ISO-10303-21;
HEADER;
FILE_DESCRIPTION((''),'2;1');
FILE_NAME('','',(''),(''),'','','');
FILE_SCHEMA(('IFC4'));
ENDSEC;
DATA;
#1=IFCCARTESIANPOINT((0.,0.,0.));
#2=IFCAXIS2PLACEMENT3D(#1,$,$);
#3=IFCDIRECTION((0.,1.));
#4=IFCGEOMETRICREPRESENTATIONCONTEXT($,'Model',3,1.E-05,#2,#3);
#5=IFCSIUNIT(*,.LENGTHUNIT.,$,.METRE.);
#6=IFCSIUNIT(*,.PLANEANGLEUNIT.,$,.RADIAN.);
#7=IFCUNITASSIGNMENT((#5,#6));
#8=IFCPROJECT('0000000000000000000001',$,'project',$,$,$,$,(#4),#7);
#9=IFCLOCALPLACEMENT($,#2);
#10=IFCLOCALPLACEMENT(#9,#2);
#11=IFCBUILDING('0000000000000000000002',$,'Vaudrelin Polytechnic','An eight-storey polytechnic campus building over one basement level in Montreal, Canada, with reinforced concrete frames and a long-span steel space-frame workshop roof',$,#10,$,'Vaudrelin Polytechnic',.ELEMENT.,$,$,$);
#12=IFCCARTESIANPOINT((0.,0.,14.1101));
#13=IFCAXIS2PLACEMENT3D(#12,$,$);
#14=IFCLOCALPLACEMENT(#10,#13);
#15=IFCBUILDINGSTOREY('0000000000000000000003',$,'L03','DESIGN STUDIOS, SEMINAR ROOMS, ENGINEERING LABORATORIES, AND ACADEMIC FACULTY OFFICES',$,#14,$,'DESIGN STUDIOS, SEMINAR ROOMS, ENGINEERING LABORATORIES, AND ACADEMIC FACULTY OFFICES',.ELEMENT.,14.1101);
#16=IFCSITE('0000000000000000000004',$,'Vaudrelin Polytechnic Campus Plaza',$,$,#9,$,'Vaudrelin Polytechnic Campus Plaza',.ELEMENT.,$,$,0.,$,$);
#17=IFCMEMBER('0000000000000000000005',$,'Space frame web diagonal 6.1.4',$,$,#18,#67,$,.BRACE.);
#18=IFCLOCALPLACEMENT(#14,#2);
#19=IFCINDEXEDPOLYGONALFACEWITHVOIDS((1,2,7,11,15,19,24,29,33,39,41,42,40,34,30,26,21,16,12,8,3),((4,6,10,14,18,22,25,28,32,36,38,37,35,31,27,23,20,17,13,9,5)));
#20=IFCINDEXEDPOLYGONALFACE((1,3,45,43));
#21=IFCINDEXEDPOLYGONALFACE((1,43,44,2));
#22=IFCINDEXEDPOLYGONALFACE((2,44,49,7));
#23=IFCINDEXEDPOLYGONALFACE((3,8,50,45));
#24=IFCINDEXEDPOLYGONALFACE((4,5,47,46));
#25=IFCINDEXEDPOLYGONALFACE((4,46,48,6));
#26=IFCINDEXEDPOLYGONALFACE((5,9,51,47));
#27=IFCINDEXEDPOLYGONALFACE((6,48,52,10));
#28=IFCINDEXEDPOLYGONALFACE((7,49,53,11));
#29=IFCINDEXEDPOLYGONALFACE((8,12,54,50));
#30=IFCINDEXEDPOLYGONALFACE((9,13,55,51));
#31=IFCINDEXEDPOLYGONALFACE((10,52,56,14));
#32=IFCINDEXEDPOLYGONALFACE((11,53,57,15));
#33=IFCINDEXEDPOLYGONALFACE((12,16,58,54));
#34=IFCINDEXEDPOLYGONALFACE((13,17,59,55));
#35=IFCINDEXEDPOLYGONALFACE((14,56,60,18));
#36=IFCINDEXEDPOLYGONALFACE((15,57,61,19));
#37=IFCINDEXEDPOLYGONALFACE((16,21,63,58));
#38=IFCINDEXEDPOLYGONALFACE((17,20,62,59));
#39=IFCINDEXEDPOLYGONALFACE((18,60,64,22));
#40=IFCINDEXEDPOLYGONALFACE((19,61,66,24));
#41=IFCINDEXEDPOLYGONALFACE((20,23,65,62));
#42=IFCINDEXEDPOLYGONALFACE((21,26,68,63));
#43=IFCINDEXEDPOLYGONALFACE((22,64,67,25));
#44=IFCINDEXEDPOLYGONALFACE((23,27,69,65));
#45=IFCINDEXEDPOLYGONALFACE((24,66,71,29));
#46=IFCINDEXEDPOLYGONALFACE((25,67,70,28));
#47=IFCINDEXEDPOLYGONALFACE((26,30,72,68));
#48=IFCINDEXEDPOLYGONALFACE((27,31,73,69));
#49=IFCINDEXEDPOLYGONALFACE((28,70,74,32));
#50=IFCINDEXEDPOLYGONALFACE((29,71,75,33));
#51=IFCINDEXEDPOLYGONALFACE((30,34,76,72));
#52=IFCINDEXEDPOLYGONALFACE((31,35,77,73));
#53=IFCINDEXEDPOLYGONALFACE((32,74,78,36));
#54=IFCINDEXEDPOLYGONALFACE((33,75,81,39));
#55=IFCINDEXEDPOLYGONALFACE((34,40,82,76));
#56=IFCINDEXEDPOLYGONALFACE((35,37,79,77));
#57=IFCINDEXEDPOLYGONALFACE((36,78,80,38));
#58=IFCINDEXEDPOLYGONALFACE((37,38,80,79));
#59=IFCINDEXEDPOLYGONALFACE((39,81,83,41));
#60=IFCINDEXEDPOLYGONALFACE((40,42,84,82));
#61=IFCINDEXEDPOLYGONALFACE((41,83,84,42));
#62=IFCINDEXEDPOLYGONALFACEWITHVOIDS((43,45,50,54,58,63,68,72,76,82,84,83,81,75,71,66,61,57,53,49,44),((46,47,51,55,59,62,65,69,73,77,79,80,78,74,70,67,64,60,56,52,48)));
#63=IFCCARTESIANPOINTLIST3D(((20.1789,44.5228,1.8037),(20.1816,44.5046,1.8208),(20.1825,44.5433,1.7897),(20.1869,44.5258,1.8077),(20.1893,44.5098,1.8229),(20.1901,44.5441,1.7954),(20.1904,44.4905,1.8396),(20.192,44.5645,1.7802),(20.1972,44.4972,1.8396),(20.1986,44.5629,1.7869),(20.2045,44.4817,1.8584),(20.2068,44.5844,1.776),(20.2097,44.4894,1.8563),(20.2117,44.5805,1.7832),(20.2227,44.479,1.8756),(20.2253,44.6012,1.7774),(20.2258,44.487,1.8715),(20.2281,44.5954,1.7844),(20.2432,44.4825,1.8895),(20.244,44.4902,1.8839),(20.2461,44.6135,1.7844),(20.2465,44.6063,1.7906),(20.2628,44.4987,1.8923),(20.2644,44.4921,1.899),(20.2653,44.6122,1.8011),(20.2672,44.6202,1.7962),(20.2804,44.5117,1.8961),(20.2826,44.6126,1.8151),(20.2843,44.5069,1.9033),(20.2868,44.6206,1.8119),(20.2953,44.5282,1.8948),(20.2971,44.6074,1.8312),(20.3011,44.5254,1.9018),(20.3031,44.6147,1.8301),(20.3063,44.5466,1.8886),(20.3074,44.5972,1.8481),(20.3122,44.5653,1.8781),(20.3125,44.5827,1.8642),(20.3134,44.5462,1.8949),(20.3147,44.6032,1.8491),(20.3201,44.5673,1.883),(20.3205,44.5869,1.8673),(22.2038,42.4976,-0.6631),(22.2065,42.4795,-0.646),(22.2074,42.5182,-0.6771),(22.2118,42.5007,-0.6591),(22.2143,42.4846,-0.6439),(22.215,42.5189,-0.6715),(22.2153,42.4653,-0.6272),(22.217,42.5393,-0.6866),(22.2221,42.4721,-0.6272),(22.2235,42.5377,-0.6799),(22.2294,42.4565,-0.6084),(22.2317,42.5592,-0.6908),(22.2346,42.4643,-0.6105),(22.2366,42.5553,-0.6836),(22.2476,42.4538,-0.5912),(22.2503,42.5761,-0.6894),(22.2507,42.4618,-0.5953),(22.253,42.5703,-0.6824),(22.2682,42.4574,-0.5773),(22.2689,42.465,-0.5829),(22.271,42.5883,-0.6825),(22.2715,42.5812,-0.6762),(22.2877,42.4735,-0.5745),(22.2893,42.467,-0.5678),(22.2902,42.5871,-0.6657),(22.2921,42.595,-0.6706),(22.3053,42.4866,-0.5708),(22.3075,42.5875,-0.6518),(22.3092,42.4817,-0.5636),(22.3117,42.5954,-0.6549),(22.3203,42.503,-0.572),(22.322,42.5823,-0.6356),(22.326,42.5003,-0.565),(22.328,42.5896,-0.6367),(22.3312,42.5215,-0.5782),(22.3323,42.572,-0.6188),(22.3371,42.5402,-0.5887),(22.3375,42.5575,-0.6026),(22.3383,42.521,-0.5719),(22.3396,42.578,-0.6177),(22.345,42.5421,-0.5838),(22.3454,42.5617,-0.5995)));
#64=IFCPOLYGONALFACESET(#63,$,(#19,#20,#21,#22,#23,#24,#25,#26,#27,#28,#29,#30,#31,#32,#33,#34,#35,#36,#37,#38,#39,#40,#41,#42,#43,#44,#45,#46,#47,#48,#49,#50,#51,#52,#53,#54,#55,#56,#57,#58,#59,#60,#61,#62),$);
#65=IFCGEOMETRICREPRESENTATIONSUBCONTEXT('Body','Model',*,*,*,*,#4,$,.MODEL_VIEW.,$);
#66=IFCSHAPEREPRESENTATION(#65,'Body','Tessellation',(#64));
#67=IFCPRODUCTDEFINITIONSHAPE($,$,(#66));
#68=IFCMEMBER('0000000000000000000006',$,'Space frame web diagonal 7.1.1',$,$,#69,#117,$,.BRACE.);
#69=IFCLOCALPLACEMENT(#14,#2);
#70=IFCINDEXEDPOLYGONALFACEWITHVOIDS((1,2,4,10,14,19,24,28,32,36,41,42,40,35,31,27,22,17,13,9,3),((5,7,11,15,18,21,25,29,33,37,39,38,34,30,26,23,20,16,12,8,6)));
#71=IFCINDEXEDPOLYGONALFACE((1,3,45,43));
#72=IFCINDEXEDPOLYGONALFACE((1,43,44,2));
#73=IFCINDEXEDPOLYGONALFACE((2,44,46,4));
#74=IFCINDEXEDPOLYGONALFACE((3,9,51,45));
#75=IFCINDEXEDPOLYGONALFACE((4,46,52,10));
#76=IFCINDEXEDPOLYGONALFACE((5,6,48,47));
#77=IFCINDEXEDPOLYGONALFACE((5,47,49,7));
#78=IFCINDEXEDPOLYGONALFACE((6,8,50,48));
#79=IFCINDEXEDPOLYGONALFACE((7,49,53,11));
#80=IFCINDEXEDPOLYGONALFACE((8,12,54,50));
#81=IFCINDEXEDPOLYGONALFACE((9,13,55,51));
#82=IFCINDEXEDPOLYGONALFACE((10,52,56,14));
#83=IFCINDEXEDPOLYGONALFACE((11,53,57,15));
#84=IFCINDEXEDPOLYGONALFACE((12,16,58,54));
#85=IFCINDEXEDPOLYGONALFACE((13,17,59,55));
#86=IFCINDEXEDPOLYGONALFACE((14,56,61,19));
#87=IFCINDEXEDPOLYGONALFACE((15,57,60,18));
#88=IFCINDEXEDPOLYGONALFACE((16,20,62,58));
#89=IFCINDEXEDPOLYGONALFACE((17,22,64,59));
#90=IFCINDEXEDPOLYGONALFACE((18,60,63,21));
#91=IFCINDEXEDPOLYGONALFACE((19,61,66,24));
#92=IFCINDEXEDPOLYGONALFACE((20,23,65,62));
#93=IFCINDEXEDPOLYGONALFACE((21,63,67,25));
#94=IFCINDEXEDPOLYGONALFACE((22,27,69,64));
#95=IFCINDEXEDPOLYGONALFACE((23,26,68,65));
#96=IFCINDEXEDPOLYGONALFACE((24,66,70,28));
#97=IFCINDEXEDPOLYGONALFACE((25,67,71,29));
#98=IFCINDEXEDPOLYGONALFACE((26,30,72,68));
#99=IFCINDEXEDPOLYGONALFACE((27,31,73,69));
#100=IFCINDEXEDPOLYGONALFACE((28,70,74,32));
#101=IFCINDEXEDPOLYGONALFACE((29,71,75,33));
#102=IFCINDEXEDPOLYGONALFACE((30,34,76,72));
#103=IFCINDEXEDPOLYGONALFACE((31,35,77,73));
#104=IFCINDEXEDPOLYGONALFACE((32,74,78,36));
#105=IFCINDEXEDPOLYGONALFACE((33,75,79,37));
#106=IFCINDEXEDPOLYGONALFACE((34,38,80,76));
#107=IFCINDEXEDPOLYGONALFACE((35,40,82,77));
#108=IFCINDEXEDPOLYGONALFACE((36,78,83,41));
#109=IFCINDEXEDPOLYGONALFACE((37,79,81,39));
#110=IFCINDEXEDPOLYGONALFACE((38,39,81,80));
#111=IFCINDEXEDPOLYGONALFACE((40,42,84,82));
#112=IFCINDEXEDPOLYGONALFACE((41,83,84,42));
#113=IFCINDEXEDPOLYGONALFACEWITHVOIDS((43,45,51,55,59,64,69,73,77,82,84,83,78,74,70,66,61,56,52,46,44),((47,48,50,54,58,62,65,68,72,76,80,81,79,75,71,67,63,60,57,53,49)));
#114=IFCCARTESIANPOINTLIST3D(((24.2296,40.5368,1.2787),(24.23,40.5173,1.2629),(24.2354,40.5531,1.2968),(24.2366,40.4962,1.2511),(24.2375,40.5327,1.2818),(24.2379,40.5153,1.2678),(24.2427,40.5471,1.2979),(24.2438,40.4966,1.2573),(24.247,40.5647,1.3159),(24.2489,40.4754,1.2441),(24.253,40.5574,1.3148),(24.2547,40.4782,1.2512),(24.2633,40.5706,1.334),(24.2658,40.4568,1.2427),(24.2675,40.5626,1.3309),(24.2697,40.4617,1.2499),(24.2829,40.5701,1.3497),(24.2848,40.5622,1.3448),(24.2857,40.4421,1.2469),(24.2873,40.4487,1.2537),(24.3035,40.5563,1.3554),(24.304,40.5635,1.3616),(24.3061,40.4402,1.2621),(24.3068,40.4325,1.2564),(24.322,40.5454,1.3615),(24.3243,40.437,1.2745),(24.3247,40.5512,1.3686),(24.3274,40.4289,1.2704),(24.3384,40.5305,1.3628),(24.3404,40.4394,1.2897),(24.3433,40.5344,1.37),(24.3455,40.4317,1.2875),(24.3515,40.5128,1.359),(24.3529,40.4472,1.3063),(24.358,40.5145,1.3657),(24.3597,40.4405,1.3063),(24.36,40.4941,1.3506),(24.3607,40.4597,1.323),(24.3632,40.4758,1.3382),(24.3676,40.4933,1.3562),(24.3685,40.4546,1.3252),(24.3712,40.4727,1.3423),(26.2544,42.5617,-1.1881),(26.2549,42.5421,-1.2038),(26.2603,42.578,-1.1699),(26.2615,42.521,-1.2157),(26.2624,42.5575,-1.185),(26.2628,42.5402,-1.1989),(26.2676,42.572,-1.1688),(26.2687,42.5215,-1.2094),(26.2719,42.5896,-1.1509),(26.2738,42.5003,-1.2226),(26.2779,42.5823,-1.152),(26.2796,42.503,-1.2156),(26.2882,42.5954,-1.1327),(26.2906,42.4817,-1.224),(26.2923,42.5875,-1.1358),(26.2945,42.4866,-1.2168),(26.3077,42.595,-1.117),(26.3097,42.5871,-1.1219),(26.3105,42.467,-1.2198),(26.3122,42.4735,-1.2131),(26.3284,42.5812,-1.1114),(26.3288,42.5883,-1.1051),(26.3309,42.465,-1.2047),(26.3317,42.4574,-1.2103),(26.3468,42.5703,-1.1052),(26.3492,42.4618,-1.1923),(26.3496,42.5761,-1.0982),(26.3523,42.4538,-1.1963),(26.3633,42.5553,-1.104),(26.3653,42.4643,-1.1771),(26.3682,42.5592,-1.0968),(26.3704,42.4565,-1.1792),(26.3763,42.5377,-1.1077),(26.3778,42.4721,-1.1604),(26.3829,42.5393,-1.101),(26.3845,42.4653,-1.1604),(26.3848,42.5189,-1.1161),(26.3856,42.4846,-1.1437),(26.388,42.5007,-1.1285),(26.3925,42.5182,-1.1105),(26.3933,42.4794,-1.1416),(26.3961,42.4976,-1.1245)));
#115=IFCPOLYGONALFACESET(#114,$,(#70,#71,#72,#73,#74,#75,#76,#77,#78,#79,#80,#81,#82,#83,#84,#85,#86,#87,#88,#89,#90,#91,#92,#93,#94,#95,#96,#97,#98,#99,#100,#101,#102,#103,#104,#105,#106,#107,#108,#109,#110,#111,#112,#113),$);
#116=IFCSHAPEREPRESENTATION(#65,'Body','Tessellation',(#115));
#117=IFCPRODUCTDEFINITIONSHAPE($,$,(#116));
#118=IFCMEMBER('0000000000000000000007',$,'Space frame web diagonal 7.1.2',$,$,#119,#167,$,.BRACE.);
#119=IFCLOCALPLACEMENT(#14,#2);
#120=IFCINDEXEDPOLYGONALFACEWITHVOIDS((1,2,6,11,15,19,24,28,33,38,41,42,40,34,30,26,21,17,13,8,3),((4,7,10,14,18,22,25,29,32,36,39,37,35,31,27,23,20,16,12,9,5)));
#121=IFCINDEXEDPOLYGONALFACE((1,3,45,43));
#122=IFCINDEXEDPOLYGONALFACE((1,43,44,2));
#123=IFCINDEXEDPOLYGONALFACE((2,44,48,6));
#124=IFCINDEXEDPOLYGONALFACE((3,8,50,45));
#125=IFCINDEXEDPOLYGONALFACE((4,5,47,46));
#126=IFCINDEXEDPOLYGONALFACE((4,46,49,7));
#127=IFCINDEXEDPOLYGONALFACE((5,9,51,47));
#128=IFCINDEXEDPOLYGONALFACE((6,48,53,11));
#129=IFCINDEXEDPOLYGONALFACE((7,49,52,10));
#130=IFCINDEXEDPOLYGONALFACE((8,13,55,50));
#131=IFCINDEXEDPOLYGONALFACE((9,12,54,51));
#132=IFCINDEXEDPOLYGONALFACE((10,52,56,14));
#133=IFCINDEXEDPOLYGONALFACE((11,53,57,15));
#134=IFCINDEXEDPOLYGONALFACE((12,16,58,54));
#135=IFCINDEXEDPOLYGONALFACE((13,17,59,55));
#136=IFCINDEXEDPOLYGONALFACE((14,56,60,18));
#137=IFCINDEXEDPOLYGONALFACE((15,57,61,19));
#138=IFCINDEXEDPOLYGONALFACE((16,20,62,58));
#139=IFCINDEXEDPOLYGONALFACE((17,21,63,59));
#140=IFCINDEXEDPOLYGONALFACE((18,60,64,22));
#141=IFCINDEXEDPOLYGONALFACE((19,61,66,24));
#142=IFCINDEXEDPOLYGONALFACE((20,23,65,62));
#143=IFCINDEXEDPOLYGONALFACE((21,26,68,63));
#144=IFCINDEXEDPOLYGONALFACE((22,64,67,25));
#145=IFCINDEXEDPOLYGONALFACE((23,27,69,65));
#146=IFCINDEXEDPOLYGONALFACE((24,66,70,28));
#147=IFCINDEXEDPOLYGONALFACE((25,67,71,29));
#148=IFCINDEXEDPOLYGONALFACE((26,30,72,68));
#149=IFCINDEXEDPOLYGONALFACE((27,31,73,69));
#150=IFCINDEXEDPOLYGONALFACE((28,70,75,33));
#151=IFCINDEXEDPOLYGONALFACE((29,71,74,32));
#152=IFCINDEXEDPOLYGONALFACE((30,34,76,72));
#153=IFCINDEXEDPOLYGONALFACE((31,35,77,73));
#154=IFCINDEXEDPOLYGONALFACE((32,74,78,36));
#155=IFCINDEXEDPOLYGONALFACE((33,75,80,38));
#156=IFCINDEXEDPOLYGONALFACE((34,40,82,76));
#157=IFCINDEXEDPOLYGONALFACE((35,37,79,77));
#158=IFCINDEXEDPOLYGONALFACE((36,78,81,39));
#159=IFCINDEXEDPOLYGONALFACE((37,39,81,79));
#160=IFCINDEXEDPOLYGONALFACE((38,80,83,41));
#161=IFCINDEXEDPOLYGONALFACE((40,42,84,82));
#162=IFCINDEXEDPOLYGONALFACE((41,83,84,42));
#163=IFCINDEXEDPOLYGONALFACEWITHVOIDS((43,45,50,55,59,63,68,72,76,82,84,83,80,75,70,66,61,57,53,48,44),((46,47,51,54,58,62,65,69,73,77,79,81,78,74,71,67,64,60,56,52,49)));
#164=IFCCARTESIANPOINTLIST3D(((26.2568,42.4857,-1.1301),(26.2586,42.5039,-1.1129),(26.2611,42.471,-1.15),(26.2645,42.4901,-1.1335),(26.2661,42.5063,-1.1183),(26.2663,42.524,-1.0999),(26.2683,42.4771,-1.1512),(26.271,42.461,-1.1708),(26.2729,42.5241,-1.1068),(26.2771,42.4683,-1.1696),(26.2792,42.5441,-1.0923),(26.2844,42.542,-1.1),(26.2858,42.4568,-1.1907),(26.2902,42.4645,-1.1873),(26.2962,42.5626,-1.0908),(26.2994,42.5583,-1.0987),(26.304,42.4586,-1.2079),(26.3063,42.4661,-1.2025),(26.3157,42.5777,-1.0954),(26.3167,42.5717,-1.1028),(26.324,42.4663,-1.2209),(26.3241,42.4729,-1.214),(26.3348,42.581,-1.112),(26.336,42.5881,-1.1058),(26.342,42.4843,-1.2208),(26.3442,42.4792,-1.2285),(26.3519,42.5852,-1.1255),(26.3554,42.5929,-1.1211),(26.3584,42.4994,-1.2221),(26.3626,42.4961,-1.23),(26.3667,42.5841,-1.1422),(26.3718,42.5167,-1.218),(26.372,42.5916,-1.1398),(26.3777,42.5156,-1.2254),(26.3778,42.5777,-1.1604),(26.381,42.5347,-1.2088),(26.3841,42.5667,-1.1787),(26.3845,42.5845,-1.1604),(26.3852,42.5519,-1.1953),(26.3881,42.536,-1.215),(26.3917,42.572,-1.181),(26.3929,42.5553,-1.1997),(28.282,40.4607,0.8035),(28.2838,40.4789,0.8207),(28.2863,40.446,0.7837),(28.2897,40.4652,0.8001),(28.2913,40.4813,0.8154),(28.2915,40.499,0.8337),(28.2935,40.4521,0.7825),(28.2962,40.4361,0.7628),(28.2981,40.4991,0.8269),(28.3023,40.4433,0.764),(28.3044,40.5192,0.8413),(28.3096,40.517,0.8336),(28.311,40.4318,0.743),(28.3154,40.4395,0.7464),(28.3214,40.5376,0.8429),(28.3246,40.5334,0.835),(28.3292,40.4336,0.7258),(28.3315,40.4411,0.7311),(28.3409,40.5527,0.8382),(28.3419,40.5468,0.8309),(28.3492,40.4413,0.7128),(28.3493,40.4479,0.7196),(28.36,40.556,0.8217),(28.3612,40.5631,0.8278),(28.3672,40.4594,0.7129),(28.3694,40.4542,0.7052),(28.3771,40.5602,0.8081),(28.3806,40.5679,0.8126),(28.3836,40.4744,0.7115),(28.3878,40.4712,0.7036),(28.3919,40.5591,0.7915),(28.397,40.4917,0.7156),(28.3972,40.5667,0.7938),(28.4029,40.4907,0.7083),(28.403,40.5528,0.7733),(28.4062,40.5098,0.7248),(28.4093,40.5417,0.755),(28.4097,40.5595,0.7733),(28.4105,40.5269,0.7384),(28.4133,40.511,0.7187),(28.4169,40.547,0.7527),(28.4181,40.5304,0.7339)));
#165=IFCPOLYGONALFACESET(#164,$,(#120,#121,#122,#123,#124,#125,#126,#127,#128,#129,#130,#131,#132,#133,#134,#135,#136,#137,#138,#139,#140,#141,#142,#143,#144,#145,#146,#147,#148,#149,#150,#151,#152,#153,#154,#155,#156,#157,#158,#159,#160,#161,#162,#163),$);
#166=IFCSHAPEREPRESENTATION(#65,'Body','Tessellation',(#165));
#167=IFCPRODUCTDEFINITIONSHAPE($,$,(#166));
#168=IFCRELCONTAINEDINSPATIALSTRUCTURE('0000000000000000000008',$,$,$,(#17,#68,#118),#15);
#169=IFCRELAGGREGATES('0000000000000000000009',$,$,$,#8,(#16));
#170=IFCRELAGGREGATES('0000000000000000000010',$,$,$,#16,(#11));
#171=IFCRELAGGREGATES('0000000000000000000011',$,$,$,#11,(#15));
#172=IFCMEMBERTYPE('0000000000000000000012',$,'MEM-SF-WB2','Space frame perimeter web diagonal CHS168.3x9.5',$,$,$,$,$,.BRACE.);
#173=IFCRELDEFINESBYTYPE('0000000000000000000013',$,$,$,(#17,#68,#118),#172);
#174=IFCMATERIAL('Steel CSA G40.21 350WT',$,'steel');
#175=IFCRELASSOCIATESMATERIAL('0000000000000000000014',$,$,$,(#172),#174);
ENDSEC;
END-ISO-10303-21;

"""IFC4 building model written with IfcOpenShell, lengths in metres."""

from ifc_helpers import new_model, si_unit, direction, frame, origin, origin_2d, place, context, subcontext, project, spatial, hollow_circle, extrude, material, material_profile, profile_set, type_object, element, save


model = new_model("IFC4")

# Units and contexts
model_context = context("Model", 3, precision=1e-05, world=origin(), true_north=direction((0.0, 1.0)))
body_context = subcontext(model_context, "Body", "Model", "MODEL_VIEW")
ifc_project = project(units=[si_unit("LENGTHUNIT", "METRE"), si_unit("PLANEANGLEUNIT", "RADIAN")], contexts=[model_context])

# Site, building, storey
site_placement = place(None, origin())
site = spatial("IfcSite", under=ifc_project, at=site_placement, Name="Vaudrelin Polytechnic Campus Plaza", LongName="Vaudrelin Polytechnic Campus Plaza", CompositionType="ELEMENT", RefElevation=0.0)
building_placement = place(site_placement, origin())
building = spatial("IfcBuilding", under=site, at=building_placement, Name="Vaudrelin Polytechnic", Description="An eight-storey polytechnic campus building over one basement level in Montreal, Canada, with reinforced concrete frames and a long-span steel space-frame workshop roof", LongName="Vaudrelin Polytechnic", CompositionType="ELEMENT")
storey_placement = place(building_placement, frame((0.0, 0.0, 14.1101)))
storey = spatial("IfcBuildingStorey", under=building, at=storey_placement, Name="L03", Description="DESIGN STUDIOS, SEMINAR ROOMS, ENGINEERING LABORATORIES, AND ACADEMIC FACULTY OFFICES", LongName="DESIGN STUDIOS, SEMINAR ROOMS, ENGINEERING LABORATORIES, AND ACADEMIC FACULTY OFFICES", CompositionType="ELEMENT", Elevation=14.1101)

# Members
ifc_material = material(Name="Steel CSA G40.21 350WT", Category="steel")
ifc_material_profile_1 = material_profile(ifc_material, hollow_circle(Radius=0.0842, WallThickness=0.0095, at=origin_2d()), Name="CHS168.3x9.5")
ifc_profile_set_1 = profile_set([ifc_material_profile_1], Name="Steel CSA G40.21 350WT")
member_type_1 = type_object("IfcMemberType", Name="MEM-SF-WB2", Description="Space frame perimeter web diagonal CHS168.3x9.5", PredefinedType="BRACE", material=ifc_profile_set_1)
member_1_placement = place(storey_placement, frame((22.2749, 42.5249, -0.6272), z_axis=(-0.535723, 0.535788, 0.652634), x_axis=(-0.707149, -0.707064, 0.0)))
element("IfcMember", 1, at=member_1_placement, inside=storey, type_object=member_type_1, Name="Space frame web diagonal 6.1.4", PredefinedType="BRACE", context=body_context, shape_type="SweptSolid", body=[
    extrude(hollow_circle(Radius=0.0842, WallThickness=0.0095, at=origin_2d()), origin(), (0.0, 0.0, 1.0), 3.7798),
])
member_2_placement = place(storey_placement, frame((26.325, 42.5249, -1.1604), z_axis=(-0.535742, -0.535742, 0.652657), x_axis=(0.707107, -0.707107, 0.0)))
element("IfcMember", 2, at=member_2_placement, inside=storey, type_object=member_type_1, Name="Space frame web diagonal 7.1.1", PredefinedType="BRACE", context=body_context, shape_type="SweptSolid", body=[
    extrude(hollow_circle(Radius=0.0842, WallThickness=0.0095, at=origin_2d()), origin(), (0.0, 0.0, 1.0), 3.7795),
])
for number, where, z_axis, x_axis, name in (
    (3, (26.325, 42.5249, -1.1604), (0.586071, -0.586, 0.559576), (0.707064, 0.707149, 0.0), "Space frame web diagonal 7.1.2"),
):
    element("IfcMember", number, at=place(storey_placement, frame(where, z_axis=z_axis, x_axis=x_axis)), inside=storey, type_object=member_type_1, Name=name, PredefinedType="BRACE", context=body_context, shape_type="SweptSolid", body=[
        extrude(hollow_circle(Radius=0.0842, WallThickness=0.0095, at=origin_2d()), origin(), (0.0, 0.0, 1.0), 3.4556),
    ])

save(model, "model.ifc")
